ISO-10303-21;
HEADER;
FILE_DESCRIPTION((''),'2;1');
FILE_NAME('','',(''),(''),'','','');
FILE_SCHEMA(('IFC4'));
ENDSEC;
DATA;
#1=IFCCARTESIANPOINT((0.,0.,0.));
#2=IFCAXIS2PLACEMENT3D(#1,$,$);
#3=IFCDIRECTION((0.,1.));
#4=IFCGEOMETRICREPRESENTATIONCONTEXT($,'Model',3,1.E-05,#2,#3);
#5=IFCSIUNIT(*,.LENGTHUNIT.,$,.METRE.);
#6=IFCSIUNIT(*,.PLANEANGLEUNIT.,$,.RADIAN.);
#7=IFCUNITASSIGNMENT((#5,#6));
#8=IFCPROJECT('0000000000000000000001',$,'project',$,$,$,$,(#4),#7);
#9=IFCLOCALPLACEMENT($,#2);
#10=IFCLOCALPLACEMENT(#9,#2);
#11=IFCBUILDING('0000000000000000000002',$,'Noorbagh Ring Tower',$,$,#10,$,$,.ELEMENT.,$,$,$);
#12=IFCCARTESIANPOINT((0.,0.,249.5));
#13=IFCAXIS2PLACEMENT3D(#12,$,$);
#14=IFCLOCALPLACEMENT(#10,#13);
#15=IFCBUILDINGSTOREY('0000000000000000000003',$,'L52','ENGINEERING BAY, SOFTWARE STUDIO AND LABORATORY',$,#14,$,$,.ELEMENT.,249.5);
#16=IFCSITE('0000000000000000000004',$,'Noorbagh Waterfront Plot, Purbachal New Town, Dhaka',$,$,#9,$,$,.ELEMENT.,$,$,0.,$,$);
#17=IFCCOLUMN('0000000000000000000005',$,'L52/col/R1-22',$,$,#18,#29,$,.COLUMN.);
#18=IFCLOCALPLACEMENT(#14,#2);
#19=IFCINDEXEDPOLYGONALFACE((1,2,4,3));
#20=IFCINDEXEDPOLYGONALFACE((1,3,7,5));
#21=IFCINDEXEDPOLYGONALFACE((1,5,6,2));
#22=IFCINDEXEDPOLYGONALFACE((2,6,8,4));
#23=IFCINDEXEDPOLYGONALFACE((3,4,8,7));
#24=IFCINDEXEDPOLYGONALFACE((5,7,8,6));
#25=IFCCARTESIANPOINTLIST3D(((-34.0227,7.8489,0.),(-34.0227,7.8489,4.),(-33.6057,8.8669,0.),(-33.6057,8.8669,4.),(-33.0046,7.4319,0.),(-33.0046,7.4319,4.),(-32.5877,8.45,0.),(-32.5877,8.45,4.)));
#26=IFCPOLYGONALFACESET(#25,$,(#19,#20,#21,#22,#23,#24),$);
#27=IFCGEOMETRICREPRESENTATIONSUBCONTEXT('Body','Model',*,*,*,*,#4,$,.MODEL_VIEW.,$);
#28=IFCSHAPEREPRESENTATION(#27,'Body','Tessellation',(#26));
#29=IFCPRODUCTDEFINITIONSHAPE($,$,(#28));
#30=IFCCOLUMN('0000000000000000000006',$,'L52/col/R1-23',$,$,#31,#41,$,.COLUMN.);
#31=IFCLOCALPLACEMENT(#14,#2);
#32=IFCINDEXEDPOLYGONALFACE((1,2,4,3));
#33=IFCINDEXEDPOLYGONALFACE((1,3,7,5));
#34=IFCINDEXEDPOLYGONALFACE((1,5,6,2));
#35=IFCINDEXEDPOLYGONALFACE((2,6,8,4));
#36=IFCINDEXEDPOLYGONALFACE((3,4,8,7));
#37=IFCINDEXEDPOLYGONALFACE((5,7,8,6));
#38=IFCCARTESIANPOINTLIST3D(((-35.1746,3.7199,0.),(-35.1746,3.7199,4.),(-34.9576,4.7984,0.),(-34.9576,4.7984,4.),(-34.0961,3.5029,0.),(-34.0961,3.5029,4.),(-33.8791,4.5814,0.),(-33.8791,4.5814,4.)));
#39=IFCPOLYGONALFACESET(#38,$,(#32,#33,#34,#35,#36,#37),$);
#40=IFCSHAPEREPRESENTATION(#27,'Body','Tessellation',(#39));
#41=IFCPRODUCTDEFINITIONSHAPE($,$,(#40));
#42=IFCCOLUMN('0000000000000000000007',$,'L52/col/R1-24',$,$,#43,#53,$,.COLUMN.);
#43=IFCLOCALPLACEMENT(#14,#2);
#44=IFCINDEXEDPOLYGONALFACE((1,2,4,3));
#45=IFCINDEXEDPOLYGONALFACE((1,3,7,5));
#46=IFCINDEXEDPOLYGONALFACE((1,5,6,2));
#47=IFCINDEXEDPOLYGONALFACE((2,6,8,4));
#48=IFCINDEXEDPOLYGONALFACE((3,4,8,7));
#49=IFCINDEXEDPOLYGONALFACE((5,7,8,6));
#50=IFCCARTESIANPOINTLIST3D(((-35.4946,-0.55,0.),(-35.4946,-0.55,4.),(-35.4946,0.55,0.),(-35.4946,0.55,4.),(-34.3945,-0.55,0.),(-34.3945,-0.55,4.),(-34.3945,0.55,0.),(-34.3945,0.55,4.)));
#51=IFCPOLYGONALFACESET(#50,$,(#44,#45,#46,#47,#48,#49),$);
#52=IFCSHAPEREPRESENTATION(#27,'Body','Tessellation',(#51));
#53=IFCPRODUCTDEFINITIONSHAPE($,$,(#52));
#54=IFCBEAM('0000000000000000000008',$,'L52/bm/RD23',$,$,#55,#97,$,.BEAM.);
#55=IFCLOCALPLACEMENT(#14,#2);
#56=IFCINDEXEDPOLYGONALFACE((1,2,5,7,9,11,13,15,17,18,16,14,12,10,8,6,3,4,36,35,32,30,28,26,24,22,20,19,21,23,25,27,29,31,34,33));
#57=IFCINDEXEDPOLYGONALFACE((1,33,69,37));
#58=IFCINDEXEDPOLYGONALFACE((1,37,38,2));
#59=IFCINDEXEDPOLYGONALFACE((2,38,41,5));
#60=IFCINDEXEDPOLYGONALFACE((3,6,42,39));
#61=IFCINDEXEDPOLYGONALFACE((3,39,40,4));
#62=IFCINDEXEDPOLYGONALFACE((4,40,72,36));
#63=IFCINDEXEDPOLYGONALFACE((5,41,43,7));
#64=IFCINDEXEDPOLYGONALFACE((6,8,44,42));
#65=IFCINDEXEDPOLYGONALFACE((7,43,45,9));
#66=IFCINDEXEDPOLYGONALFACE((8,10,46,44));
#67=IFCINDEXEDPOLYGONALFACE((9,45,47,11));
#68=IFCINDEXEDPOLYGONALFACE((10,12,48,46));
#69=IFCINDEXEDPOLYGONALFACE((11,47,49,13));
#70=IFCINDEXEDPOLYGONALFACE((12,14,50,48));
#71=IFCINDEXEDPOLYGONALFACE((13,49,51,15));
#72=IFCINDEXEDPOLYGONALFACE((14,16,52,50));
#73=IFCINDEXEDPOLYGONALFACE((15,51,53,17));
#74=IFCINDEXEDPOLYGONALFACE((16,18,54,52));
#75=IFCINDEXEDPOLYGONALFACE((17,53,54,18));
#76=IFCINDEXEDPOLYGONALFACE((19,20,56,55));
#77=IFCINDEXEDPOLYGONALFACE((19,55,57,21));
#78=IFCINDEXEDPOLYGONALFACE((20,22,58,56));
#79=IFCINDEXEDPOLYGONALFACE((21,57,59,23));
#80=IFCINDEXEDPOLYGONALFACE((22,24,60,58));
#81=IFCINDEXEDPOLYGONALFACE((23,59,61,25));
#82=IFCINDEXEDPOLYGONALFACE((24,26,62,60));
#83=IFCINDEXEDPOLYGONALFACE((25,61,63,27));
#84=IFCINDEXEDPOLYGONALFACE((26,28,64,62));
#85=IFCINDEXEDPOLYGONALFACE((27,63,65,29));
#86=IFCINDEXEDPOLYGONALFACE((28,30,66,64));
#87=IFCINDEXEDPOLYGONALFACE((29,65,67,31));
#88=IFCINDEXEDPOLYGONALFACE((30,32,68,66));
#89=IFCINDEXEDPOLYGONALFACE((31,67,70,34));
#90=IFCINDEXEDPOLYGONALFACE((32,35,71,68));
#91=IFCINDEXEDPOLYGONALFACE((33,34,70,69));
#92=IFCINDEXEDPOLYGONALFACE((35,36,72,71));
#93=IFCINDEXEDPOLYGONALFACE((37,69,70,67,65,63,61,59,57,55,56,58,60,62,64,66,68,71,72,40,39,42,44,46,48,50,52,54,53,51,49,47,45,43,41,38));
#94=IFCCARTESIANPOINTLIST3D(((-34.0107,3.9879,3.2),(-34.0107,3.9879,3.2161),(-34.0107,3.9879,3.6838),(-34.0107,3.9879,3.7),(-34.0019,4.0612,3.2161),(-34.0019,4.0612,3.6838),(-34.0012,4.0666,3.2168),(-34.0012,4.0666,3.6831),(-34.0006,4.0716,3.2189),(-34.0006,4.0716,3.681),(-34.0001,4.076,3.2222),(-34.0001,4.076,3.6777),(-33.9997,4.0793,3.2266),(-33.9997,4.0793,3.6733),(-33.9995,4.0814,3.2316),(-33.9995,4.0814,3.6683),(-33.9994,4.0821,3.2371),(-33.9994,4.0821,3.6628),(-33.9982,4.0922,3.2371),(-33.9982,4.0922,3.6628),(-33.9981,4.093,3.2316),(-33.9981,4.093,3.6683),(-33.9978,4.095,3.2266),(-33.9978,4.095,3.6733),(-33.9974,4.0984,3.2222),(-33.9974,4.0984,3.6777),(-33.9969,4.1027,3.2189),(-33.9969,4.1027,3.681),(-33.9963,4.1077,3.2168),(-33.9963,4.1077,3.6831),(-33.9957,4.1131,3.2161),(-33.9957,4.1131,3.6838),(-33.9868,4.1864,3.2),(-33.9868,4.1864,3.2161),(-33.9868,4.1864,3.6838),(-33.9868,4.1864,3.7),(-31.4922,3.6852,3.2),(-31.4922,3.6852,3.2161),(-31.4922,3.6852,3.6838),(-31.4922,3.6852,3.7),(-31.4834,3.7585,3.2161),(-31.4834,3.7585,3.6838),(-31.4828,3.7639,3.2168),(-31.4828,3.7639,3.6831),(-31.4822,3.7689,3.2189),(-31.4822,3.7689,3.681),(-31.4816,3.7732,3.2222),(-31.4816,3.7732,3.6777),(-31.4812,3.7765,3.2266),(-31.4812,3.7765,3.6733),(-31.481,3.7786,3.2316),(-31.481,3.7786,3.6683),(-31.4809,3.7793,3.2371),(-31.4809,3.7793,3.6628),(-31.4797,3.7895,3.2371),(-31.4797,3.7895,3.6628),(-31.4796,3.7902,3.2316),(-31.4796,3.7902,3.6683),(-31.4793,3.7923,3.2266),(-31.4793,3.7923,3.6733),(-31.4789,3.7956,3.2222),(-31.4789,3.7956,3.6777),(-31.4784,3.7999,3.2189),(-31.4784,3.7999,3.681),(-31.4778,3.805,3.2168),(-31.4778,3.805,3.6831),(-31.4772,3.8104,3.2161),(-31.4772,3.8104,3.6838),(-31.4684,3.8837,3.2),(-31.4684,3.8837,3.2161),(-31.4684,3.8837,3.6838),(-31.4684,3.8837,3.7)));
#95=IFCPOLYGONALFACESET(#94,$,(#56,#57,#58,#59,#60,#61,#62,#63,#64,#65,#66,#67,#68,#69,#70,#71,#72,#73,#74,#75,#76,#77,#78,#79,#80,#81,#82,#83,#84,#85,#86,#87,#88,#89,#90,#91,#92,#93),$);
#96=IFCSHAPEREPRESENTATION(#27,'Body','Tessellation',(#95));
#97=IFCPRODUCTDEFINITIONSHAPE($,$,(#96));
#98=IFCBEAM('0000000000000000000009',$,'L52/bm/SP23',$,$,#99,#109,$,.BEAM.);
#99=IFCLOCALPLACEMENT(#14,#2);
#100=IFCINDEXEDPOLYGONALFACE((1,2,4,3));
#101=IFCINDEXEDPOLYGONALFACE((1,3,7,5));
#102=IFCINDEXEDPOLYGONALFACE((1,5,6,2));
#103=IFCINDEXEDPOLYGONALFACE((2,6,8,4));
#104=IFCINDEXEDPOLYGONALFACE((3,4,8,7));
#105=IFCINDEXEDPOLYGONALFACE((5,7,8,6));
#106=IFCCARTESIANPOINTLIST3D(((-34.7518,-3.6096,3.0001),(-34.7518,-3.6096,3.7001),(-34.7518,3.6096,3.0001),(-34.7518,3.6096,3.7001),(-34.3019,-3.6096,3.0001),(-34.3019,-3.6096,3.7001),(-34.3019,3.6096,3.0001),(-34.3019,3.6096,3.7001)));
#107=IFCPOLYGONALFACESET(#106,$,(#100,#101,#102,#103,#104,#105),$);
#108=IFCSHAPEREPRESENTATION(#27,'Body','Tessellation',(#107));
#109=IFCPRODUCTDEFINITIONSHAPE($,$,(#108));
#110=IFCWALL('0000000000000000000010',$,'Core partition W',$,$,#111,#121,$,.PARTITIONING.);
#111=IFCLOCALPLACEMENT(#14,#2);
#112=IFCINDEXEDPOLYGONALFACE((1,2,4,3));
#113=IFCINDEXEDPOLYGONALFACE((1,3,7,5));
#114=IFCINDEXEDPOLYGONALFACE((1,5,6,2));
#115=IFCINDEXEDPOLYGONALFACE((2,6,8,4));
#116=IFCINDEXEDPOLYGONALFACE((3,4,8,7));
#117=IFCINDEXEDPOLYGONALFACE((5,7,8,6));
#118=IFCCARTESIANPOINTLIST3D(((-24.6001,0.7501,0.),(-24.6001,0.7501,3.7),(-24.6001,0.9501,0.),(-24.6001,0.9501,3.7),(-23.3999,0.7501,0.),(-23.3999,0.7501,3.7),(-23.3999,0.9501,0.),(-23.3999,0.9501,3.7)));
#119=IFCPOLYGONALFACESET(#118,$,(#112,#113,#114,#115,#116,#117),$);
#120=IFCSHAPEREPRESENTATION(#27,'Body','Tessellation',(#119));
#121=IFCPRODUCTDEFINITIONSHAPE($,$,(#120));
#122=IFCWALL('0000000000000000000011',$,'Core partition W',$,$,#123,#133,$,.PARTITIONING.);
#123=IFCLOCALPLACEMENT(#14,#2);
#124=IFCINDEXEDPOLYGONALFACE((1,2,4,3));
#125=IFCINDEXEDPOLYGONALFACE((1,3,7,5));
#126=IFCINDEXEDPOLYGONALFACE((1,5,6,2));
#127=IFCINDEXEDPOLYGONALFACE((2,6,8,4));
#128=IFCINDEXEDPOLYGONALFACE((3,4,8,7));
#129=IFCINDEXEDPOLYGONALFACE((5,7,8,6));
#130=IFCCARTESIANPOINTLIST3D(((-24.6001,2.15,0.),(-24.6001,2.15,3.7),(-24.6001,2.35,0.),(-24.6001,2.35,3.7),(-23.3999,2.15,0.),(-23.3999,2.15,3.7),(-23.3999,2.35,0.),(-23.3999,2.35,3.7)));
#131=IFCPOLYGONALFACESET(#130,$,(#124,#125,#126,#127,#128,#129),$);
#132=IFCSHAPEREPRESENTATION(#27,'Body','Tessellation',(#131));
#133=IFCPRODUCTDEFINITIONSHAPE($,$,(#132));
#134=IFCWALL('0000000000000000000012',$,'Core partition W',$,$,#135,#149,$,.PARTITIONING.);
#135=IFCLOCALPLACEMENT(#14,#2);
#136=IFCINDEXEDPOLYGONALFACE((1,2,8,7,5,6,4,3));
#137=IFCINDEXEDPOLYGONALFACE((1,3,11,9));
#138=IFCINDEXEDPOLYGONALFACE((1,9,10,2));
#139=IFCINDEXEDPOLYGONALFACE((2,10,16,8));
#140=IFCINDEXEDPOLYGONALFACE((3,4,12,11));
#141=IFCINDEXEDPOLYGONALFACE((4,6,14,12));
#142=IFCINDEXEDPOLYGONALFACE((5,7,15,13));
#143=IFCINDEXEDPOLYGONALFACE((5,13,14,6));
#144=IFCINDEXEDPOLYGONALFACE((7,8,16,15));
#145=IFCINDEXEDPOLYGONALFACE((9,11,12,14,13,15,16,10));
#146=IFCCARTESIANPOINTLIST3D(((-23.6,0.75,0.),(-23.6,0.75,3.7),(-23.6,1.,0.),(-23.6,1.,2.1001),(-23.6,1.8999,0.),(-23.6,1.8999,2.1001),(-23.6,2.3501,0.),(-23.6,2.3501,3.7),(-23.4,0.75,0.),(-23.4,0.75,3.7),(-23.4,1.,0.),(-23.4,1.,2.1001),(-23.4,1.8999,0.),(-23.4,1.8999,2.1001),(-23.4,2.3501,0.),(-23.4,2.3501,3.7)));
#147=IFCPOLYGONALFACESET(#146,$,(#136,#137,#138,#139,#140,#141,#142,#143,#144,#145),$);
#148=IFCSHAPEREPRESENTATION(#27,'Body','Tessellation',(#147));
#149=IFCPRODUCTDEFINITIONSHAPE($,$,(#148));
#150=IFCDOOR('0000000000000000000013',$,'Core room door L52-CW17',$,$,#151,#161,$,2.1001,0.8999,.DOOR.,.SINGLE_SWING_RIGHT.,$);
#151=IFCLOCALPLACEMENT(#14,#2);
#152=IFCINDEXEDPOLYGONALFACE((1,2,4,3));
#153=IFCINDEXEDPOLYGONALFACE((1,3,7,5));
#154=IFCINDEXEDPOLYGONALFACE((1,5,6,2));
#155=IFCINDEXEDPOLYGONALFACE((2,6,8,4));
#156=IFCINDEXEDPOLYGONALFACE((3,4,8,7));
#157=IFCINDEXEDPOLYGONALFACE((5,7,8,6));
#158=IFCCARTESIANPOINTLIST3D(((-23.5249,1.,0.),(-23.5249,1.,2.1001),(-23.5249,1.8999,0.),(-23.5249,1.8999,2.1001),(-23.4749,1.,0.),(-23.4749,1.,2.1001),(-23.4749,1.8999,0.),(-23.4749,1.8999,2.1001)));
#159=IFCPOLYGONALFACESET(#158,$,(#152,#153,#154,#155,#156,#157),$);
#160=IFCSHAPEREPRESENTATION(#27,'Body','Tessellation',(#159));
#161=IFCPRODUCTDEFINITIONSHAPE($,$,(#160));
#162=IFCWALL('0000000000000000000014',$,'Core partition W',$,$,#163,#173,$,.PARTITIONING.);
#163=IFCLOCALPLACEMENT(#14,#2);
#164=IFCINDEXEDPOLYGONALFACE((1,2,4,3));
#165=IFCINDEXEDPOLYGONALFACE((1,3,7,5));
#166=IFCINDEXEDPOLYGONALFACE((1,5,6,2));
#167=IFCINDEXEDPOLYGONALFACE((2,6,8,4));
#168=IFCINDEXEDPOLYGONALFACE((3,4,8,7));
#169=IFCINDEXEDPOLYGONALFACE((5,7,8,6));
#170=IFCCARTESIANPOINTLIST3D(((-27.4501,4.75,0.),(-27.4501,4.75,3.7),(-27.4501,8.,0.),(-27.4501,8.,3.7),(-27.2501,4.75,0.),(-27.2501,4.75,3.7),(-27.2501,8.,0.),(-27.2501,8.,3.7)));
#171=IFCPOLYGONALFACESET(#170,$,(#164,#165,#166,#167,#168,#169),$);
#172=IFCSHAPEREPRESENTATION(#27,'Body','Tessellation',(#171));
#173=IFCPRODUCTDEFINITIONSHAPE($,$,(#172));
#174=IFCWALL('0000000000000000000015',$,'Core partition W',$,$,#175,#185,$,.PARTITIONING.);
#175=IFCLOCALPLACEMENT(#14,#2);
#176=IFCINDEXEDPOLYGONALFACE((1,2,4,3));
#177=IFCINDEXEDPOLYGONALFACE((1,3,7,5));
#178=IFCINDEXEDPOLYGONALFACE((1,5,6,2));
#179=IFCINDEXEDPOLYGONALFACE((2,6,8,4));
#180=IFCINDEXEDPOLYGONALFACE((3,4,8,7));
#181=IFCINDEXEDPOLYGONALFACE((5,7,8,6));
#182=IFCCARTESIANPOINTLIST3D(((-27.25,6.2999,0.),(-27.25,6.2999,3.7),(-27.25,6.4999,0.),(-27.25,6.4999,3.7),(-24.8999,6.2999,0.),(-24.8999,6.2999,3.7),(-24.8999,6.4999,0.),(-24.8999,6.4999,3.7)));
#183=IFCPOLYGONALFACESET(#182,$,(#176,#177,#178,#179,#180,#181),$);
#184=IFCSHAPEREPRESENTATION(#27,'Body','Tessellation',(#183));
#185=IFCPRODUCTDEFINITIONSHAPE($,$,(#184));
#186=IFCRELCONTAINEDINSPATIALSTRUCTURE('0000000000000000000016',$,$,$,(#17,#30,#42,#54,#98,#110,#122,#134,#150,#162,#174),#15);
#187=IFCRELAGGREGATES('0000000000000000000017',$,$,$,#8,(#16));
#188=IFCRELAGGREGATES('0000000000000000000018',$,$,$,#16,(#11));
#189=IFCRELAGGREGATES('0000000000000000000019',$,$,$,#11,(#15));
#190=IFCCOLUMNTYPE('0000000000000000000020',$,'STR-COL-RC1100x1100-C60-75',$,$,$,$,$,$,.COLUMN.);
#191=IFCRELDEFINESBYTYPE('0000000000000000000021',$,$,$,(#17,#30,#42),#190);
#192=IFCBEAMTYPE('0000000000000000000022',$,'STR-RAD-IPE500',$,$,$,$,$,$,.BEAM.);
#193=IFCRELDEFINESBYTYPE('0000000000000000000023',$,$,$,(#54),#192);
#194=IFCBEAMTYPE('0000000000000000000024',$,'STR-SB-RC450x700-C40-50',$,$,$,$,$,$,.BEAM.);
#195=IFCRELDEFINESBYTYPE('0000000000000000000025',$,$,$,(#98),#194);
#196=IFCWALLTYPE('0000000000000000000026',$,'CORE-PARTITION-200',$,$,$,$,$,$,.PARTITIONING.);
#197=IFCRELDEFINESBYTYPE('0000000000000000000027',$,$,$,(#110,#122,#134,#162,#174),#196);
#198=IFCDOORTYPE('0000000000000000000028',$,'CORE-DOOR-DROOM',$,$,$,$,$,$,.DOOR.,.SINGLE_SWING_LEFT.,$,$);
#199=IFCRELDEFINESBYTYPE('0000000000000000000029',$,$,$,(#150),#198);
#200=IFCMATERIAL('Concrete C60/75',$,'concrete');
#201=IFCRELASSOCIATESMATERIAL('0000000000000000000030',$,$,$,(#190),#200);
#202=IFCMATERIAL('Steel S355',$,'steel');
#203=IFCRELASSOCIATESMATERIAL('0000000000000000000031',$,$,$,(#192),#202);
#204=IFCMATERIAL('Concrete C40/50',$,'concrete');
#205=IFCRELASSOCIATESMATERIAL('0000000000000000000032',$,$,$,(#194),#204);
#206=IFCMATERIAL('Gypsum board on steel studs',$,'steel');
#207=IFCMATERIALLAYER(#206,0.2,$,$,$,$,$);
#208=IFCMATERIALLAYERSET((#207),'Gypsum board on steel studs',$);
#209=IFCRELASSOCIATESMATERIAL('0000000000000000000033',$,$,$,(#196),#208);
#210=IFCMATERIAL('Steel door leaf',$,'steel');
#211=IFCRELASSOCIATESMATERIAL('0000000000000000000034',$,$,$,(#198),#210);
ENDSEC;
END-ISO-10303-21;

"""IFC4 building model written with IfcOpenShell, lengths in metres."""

from ifc_helpers import new_model, si_unit, direction, frame, frame_2d, origin, origin_2d, place, context, subcontext, project, spatial, rectangle, i_section, extrude, material, layer, layer_set, material_profile, profile_set, type_object, element, fill, save


model = new_model("IFC4")

# Units and contexts
model_context = context("Model", 3, precision=1e-05, world=origin(), true_north=direction((0.0, 1.0)))
body_context = subcontext(model_context, "Body", "Model", "MODEL_VIEW")
ifc_project = project(units=[si_unit("LENGTHUNIT", "METRE"), si_unit("PLANEANGLEUNIT", "RADIAN")], contexts=[model_context])

# Site, building, storey
site_placement = place(None, origin())
site = spatial("IfcSite", under=ifc_project, at=site_placement, Name="Noorbagh Waterfront Plot, Purbachal New Town, Dhaka", CompositionType="ELEMENT", RefElevation=0.0)
building_placement = place(site_placement, origin())
building = spatial("IfcBuilding", under=site, at=building_placement, Name="Noorbagh Ring Tower", CompositionType="ELEMENT")
storey_placement = place(building_placement, frame((0.0, 0.0, 249.5)))
storey = spatial("IfcBuildingStorey", under=building, at=storey_placement, Name="L52", Description="ENGINEERING BAY, SOFTWARE STUDIO AND LABORATORY", CompositionType="ELEMENT", Elevation=249.5)

# Columns
ifc_material_1 = material(Name="Concrete C60/75", Category="concrete")
ifc_material_profile_1 = material_profile(ifc_material_1, rectangle(XDim=1.1001, YDim=1.1001, at=origin_2d()), Name="RC1100x1100")
ifc_profile_set_1 = profile_set([ifc_material_profile_1], Name="Concrete C60/75")
column_type = type_object("IfcColumnType", Name="STR-COL-RC1100x1100-C60-75", PredefinedType="COLUMN", material=ifc_profile_set_1)
for number, where, z_axis, x_axis, name in (
    (1, (-33.3052, 8.1494, 0.0), (0.0, 0.0, 1.0), (-0.378989, -0.925401, 0.0), "L52/col/R1-22"),
    (2, (-34.5269, 4.1506, 0.0), (0.0, 0.0, 1.0), (-0.19723, -0.980357, 0.0), "L52/col/R1-23"),
    (3, (-34.9446, 0.0, 0.0), (0.0, 0.0, 1.0), (0.0, -1.0, 0.0), "L52/col/R1-24"),
):
    element("IfcColumn", number, at=place(storey_placement, frame(where, z_axis=z_axis, x_axis=x_axis)), inside=storey, type_object=column_type, Name=name, PredefinedType="COLUMN", context=body_context, shape_type="SweptSolid", body=[
        extrude(rectangle(XDim=1.1001, YDim=1.1001, at=origin_2d()), origin(), (0.0, 0.0, 1.0), 4.0),
    ])

# Beams
ifc_material_2 = material(Name="Steel S355", Category="steel")
ifc_material_profile_2 = material_profile(ifc_material_2, i_section(OverallWidth=0.2, OverallDepth=0.5, WebThickness=0.0103, FlangeThickness=0.0161, FilletRadius=0.021, at=origin_2d()), Name="IPE500")
ifc_profile_set_2 = profile_set([ifc_material_profile_2], Name="Steel S355")
beam_type_1 = type_object("IfcBeamType", Name="STR-RAD-IPE500", PredefinedType="BEAM", material=ifc_profile_set_2)
beam_1_placement = place(storey_placement, frame((-33.9988, 4.0872, 3.45), z_axis=(0.992853, -0.119343, 0.0), x_axis=(0.119343, 0.992853, 0.0)))
element("IfcBeam", 4, at=beam_1_placement, inside=storey, type_object=beam_type_1, Name="L52/bm/RD23", PredefinedType="BEAM", context=body_context, shape_type="SweptSolid", body=[
    extrude(i_section(OverallWidth=0.2, OverallDepth=0.5, WebThickness=0.0103, FlangeThickness=0.0161, FilletRadius=0.021, at=origin_2d()), origin(), (0.0, 0.0, 1.0), 2.5366),
])
ifc_material_3 = material(Name="Concrete C40/50", Category="concrete")
ifc_material_profile_3 = material_profile(ifc_material_3, rectangle(XDim=0.45, YDim=0.7, at=origin_2d()), Name="RC450x700")
ifc_profile_set_3 = profile_set([ifc_material_profile_3], Name="Concrete C40/50")
beam_type_2 = type_object("IfcBeamType", Name="STR-SB-RC450x700-C40-50", PredefinedType="BEAM", material=ifc_profile_set_3)
beam_2_placement = place(storey_placement, frame((-34.5269, 3.6096, 3.3501), z_axis=(0.0, -1.0, 0.0), x_axis=(1.0, 0.0, 0.0)))
element("IfcBeam", 5, at=beam_2_placement, inside=storey, type_object=beam_type_2, Name="L52/bm/SP23", PredefinedType="BEAM", context=body_context, shape_type="SweptSolid", body=[
    extrude(rectangle(XDim=0.45, YDim=0.7, at=origin_2d()), origin(), (0.0, 0.0, 1.0), 7.2192),
])

# Walls
ifc_material_4 = material(Name="Gypsum board on steel studs", Category="steel")
ifc_layer_1 = layer(ifc_material_4, 0.2)
ifc_layer_set_1 = layer_set([ifc_layer_1], Name="Gypsum board on steel studs")
wall_type_1 = type_object("IfcWallType", Name="CORE-PARTITION-200", PredefinedType="PARTITIONING", material=ifc_layer_set_1)
for number, where, z_axis, x_axis, name in (
    (6, (-23.3999, 0.8501, 0.0), (0.0, 0.0, 1.0), (-1.0, 0.0, 0.0), "Core partition W"),
    (7, (-23.3999, 2.25, 0.0), (0.0, 0.0, 1.0), (-1.0, 0.0, 0.0), "Core partition W"),
):
    element("IfcWall", number, at=place(storey_placement, frame(where, z_axis=z_axis, x_axis=x_axis)), inside=storey, type_object=wall_type_1, Name=name, PredefinedType="PARTITIONING", context=body_context, shape_type="SweptSolid", body=[
        extrude(rectangle(XDim=1.2002, YDim=0.2, at=frame_2d((0.6001, 0.0))), origin(), (0.0, 0.0, 1.0), 3.7),
    ])

# Wall, opening, door
wall_1_placement = place(storey_placement, frame((-23.5, 0.75, 0.0), z_axis=(0.0, 0.0, 1.0), x_axis=(0.0, 1.0, 0.0)))
wall_1 = element("IfcWall", 8, at=wall_1_placement, inside=storey, type_object=wall_type_1, Name="Core partition W", PredefinedType="PARTITIONING", context=body_context, shape_type="SweptSolid", body=[
    extrude(rectangle(XDim=1.6001, YDim=0.2, at=frame_2d((0.8, 0.0))), origin(), (0.0, 0.0, 1.0), 3.7),
])
opening_1_placement = place(wall_1_placement, frame((0.25, 0.0, 0.0)))
opening_1 = element("IfcOpeningElement", 9, at=opening_1_placement, cuts=wall_1, PredefinedType="OPENING", context=body_context, shape_type="SweptSolid", body=[
    extrude(rectangle(XDim=0.8999, YDim=2.1001, at=frame_2d((0.45, 1.05))), frame((0.0, 0.1099, 0.0), z_axis=(0.0, -1.0, 0.0), x_axis=(1.0, 0.0, 0.0)), (0.0, 0.0, 1.0), 0.22),
])
ifc_material_5 = material(Name="Steel door leaf", Category="steel")
door_type_1 = type_object("IfcDoorType", Name="CORE-DOOR-DROOM", OperationType="SINGLE_SWING_LEFT", PredefinedType="DOOR", material=ifc_material_5)
door_1_placement = place(opening_1_placement, origin())
door_1 = element("IfcDoor", 10, at=door_1_placement, inside=storey, type_object=door_type_1, Name="Core room door L52-CW17", OperationType="SINGLE_SWING_RIGHT", OverallHeight=2.1001, OverallWidth=0.8999, PredefinedType="DOOR", context=body_context, shape_type="SweptSolid", body=[
    extrude(rectangle(XDim=0.8999, YDim=2.1001, at=frame_2d((0.45, 1.05))), frame((0.0, 0.0249, 0.0), z_axis=(0.0, -1.0, 0.0), x_axis=(1.0, 0.0, 0.0)), (0.0, 0.0, 1.0), 0.05),
])
fill(opening_1, door_1)

# Walls
wall_2_placement = place(storey_placement, frame((-27.3501, 4.75, 0.0), z_axis=(0.0, 0.0, 1.0), x_axis=(0.0, 1.0, 0.0)))
element("IfcWall", 11, at=wall_2_placement, inside=storey, type_object=wall_type_1, Name="Core partition W", PredefinedType="PARTITIONING", context=body_context, shape_type="SweptSolid", body=[
    extrude(rectangle(XDim=3.25, YDim=0.2, at=frame_2d((1.625, 0.0))), origin(), (0.0, 0.0, 1.0), 3.7),
])
wall_3_placement = place(storey_placement, frame((-24.8999, 6.3999, 0.0), z_axis=(0.0, 0.0, 1.0), x_axis=(-1.0, 0.0, 0.0)))
element("IfcWall", 12, at=wall_3_placement, inside=storey, type_object=wall_type_1, Name="Core partition W", PredefinedType="PARTITIONING", context=body_context, shape_type="SweptSolid", body=[
    extrude(rectangle(XDim=2.3501, YDim=0.2, at=frame_2d((1.175, 0.0))), origin(), (0.0, 0.0, 1.0), 3.7),
])

save(model, "model.ifc")
